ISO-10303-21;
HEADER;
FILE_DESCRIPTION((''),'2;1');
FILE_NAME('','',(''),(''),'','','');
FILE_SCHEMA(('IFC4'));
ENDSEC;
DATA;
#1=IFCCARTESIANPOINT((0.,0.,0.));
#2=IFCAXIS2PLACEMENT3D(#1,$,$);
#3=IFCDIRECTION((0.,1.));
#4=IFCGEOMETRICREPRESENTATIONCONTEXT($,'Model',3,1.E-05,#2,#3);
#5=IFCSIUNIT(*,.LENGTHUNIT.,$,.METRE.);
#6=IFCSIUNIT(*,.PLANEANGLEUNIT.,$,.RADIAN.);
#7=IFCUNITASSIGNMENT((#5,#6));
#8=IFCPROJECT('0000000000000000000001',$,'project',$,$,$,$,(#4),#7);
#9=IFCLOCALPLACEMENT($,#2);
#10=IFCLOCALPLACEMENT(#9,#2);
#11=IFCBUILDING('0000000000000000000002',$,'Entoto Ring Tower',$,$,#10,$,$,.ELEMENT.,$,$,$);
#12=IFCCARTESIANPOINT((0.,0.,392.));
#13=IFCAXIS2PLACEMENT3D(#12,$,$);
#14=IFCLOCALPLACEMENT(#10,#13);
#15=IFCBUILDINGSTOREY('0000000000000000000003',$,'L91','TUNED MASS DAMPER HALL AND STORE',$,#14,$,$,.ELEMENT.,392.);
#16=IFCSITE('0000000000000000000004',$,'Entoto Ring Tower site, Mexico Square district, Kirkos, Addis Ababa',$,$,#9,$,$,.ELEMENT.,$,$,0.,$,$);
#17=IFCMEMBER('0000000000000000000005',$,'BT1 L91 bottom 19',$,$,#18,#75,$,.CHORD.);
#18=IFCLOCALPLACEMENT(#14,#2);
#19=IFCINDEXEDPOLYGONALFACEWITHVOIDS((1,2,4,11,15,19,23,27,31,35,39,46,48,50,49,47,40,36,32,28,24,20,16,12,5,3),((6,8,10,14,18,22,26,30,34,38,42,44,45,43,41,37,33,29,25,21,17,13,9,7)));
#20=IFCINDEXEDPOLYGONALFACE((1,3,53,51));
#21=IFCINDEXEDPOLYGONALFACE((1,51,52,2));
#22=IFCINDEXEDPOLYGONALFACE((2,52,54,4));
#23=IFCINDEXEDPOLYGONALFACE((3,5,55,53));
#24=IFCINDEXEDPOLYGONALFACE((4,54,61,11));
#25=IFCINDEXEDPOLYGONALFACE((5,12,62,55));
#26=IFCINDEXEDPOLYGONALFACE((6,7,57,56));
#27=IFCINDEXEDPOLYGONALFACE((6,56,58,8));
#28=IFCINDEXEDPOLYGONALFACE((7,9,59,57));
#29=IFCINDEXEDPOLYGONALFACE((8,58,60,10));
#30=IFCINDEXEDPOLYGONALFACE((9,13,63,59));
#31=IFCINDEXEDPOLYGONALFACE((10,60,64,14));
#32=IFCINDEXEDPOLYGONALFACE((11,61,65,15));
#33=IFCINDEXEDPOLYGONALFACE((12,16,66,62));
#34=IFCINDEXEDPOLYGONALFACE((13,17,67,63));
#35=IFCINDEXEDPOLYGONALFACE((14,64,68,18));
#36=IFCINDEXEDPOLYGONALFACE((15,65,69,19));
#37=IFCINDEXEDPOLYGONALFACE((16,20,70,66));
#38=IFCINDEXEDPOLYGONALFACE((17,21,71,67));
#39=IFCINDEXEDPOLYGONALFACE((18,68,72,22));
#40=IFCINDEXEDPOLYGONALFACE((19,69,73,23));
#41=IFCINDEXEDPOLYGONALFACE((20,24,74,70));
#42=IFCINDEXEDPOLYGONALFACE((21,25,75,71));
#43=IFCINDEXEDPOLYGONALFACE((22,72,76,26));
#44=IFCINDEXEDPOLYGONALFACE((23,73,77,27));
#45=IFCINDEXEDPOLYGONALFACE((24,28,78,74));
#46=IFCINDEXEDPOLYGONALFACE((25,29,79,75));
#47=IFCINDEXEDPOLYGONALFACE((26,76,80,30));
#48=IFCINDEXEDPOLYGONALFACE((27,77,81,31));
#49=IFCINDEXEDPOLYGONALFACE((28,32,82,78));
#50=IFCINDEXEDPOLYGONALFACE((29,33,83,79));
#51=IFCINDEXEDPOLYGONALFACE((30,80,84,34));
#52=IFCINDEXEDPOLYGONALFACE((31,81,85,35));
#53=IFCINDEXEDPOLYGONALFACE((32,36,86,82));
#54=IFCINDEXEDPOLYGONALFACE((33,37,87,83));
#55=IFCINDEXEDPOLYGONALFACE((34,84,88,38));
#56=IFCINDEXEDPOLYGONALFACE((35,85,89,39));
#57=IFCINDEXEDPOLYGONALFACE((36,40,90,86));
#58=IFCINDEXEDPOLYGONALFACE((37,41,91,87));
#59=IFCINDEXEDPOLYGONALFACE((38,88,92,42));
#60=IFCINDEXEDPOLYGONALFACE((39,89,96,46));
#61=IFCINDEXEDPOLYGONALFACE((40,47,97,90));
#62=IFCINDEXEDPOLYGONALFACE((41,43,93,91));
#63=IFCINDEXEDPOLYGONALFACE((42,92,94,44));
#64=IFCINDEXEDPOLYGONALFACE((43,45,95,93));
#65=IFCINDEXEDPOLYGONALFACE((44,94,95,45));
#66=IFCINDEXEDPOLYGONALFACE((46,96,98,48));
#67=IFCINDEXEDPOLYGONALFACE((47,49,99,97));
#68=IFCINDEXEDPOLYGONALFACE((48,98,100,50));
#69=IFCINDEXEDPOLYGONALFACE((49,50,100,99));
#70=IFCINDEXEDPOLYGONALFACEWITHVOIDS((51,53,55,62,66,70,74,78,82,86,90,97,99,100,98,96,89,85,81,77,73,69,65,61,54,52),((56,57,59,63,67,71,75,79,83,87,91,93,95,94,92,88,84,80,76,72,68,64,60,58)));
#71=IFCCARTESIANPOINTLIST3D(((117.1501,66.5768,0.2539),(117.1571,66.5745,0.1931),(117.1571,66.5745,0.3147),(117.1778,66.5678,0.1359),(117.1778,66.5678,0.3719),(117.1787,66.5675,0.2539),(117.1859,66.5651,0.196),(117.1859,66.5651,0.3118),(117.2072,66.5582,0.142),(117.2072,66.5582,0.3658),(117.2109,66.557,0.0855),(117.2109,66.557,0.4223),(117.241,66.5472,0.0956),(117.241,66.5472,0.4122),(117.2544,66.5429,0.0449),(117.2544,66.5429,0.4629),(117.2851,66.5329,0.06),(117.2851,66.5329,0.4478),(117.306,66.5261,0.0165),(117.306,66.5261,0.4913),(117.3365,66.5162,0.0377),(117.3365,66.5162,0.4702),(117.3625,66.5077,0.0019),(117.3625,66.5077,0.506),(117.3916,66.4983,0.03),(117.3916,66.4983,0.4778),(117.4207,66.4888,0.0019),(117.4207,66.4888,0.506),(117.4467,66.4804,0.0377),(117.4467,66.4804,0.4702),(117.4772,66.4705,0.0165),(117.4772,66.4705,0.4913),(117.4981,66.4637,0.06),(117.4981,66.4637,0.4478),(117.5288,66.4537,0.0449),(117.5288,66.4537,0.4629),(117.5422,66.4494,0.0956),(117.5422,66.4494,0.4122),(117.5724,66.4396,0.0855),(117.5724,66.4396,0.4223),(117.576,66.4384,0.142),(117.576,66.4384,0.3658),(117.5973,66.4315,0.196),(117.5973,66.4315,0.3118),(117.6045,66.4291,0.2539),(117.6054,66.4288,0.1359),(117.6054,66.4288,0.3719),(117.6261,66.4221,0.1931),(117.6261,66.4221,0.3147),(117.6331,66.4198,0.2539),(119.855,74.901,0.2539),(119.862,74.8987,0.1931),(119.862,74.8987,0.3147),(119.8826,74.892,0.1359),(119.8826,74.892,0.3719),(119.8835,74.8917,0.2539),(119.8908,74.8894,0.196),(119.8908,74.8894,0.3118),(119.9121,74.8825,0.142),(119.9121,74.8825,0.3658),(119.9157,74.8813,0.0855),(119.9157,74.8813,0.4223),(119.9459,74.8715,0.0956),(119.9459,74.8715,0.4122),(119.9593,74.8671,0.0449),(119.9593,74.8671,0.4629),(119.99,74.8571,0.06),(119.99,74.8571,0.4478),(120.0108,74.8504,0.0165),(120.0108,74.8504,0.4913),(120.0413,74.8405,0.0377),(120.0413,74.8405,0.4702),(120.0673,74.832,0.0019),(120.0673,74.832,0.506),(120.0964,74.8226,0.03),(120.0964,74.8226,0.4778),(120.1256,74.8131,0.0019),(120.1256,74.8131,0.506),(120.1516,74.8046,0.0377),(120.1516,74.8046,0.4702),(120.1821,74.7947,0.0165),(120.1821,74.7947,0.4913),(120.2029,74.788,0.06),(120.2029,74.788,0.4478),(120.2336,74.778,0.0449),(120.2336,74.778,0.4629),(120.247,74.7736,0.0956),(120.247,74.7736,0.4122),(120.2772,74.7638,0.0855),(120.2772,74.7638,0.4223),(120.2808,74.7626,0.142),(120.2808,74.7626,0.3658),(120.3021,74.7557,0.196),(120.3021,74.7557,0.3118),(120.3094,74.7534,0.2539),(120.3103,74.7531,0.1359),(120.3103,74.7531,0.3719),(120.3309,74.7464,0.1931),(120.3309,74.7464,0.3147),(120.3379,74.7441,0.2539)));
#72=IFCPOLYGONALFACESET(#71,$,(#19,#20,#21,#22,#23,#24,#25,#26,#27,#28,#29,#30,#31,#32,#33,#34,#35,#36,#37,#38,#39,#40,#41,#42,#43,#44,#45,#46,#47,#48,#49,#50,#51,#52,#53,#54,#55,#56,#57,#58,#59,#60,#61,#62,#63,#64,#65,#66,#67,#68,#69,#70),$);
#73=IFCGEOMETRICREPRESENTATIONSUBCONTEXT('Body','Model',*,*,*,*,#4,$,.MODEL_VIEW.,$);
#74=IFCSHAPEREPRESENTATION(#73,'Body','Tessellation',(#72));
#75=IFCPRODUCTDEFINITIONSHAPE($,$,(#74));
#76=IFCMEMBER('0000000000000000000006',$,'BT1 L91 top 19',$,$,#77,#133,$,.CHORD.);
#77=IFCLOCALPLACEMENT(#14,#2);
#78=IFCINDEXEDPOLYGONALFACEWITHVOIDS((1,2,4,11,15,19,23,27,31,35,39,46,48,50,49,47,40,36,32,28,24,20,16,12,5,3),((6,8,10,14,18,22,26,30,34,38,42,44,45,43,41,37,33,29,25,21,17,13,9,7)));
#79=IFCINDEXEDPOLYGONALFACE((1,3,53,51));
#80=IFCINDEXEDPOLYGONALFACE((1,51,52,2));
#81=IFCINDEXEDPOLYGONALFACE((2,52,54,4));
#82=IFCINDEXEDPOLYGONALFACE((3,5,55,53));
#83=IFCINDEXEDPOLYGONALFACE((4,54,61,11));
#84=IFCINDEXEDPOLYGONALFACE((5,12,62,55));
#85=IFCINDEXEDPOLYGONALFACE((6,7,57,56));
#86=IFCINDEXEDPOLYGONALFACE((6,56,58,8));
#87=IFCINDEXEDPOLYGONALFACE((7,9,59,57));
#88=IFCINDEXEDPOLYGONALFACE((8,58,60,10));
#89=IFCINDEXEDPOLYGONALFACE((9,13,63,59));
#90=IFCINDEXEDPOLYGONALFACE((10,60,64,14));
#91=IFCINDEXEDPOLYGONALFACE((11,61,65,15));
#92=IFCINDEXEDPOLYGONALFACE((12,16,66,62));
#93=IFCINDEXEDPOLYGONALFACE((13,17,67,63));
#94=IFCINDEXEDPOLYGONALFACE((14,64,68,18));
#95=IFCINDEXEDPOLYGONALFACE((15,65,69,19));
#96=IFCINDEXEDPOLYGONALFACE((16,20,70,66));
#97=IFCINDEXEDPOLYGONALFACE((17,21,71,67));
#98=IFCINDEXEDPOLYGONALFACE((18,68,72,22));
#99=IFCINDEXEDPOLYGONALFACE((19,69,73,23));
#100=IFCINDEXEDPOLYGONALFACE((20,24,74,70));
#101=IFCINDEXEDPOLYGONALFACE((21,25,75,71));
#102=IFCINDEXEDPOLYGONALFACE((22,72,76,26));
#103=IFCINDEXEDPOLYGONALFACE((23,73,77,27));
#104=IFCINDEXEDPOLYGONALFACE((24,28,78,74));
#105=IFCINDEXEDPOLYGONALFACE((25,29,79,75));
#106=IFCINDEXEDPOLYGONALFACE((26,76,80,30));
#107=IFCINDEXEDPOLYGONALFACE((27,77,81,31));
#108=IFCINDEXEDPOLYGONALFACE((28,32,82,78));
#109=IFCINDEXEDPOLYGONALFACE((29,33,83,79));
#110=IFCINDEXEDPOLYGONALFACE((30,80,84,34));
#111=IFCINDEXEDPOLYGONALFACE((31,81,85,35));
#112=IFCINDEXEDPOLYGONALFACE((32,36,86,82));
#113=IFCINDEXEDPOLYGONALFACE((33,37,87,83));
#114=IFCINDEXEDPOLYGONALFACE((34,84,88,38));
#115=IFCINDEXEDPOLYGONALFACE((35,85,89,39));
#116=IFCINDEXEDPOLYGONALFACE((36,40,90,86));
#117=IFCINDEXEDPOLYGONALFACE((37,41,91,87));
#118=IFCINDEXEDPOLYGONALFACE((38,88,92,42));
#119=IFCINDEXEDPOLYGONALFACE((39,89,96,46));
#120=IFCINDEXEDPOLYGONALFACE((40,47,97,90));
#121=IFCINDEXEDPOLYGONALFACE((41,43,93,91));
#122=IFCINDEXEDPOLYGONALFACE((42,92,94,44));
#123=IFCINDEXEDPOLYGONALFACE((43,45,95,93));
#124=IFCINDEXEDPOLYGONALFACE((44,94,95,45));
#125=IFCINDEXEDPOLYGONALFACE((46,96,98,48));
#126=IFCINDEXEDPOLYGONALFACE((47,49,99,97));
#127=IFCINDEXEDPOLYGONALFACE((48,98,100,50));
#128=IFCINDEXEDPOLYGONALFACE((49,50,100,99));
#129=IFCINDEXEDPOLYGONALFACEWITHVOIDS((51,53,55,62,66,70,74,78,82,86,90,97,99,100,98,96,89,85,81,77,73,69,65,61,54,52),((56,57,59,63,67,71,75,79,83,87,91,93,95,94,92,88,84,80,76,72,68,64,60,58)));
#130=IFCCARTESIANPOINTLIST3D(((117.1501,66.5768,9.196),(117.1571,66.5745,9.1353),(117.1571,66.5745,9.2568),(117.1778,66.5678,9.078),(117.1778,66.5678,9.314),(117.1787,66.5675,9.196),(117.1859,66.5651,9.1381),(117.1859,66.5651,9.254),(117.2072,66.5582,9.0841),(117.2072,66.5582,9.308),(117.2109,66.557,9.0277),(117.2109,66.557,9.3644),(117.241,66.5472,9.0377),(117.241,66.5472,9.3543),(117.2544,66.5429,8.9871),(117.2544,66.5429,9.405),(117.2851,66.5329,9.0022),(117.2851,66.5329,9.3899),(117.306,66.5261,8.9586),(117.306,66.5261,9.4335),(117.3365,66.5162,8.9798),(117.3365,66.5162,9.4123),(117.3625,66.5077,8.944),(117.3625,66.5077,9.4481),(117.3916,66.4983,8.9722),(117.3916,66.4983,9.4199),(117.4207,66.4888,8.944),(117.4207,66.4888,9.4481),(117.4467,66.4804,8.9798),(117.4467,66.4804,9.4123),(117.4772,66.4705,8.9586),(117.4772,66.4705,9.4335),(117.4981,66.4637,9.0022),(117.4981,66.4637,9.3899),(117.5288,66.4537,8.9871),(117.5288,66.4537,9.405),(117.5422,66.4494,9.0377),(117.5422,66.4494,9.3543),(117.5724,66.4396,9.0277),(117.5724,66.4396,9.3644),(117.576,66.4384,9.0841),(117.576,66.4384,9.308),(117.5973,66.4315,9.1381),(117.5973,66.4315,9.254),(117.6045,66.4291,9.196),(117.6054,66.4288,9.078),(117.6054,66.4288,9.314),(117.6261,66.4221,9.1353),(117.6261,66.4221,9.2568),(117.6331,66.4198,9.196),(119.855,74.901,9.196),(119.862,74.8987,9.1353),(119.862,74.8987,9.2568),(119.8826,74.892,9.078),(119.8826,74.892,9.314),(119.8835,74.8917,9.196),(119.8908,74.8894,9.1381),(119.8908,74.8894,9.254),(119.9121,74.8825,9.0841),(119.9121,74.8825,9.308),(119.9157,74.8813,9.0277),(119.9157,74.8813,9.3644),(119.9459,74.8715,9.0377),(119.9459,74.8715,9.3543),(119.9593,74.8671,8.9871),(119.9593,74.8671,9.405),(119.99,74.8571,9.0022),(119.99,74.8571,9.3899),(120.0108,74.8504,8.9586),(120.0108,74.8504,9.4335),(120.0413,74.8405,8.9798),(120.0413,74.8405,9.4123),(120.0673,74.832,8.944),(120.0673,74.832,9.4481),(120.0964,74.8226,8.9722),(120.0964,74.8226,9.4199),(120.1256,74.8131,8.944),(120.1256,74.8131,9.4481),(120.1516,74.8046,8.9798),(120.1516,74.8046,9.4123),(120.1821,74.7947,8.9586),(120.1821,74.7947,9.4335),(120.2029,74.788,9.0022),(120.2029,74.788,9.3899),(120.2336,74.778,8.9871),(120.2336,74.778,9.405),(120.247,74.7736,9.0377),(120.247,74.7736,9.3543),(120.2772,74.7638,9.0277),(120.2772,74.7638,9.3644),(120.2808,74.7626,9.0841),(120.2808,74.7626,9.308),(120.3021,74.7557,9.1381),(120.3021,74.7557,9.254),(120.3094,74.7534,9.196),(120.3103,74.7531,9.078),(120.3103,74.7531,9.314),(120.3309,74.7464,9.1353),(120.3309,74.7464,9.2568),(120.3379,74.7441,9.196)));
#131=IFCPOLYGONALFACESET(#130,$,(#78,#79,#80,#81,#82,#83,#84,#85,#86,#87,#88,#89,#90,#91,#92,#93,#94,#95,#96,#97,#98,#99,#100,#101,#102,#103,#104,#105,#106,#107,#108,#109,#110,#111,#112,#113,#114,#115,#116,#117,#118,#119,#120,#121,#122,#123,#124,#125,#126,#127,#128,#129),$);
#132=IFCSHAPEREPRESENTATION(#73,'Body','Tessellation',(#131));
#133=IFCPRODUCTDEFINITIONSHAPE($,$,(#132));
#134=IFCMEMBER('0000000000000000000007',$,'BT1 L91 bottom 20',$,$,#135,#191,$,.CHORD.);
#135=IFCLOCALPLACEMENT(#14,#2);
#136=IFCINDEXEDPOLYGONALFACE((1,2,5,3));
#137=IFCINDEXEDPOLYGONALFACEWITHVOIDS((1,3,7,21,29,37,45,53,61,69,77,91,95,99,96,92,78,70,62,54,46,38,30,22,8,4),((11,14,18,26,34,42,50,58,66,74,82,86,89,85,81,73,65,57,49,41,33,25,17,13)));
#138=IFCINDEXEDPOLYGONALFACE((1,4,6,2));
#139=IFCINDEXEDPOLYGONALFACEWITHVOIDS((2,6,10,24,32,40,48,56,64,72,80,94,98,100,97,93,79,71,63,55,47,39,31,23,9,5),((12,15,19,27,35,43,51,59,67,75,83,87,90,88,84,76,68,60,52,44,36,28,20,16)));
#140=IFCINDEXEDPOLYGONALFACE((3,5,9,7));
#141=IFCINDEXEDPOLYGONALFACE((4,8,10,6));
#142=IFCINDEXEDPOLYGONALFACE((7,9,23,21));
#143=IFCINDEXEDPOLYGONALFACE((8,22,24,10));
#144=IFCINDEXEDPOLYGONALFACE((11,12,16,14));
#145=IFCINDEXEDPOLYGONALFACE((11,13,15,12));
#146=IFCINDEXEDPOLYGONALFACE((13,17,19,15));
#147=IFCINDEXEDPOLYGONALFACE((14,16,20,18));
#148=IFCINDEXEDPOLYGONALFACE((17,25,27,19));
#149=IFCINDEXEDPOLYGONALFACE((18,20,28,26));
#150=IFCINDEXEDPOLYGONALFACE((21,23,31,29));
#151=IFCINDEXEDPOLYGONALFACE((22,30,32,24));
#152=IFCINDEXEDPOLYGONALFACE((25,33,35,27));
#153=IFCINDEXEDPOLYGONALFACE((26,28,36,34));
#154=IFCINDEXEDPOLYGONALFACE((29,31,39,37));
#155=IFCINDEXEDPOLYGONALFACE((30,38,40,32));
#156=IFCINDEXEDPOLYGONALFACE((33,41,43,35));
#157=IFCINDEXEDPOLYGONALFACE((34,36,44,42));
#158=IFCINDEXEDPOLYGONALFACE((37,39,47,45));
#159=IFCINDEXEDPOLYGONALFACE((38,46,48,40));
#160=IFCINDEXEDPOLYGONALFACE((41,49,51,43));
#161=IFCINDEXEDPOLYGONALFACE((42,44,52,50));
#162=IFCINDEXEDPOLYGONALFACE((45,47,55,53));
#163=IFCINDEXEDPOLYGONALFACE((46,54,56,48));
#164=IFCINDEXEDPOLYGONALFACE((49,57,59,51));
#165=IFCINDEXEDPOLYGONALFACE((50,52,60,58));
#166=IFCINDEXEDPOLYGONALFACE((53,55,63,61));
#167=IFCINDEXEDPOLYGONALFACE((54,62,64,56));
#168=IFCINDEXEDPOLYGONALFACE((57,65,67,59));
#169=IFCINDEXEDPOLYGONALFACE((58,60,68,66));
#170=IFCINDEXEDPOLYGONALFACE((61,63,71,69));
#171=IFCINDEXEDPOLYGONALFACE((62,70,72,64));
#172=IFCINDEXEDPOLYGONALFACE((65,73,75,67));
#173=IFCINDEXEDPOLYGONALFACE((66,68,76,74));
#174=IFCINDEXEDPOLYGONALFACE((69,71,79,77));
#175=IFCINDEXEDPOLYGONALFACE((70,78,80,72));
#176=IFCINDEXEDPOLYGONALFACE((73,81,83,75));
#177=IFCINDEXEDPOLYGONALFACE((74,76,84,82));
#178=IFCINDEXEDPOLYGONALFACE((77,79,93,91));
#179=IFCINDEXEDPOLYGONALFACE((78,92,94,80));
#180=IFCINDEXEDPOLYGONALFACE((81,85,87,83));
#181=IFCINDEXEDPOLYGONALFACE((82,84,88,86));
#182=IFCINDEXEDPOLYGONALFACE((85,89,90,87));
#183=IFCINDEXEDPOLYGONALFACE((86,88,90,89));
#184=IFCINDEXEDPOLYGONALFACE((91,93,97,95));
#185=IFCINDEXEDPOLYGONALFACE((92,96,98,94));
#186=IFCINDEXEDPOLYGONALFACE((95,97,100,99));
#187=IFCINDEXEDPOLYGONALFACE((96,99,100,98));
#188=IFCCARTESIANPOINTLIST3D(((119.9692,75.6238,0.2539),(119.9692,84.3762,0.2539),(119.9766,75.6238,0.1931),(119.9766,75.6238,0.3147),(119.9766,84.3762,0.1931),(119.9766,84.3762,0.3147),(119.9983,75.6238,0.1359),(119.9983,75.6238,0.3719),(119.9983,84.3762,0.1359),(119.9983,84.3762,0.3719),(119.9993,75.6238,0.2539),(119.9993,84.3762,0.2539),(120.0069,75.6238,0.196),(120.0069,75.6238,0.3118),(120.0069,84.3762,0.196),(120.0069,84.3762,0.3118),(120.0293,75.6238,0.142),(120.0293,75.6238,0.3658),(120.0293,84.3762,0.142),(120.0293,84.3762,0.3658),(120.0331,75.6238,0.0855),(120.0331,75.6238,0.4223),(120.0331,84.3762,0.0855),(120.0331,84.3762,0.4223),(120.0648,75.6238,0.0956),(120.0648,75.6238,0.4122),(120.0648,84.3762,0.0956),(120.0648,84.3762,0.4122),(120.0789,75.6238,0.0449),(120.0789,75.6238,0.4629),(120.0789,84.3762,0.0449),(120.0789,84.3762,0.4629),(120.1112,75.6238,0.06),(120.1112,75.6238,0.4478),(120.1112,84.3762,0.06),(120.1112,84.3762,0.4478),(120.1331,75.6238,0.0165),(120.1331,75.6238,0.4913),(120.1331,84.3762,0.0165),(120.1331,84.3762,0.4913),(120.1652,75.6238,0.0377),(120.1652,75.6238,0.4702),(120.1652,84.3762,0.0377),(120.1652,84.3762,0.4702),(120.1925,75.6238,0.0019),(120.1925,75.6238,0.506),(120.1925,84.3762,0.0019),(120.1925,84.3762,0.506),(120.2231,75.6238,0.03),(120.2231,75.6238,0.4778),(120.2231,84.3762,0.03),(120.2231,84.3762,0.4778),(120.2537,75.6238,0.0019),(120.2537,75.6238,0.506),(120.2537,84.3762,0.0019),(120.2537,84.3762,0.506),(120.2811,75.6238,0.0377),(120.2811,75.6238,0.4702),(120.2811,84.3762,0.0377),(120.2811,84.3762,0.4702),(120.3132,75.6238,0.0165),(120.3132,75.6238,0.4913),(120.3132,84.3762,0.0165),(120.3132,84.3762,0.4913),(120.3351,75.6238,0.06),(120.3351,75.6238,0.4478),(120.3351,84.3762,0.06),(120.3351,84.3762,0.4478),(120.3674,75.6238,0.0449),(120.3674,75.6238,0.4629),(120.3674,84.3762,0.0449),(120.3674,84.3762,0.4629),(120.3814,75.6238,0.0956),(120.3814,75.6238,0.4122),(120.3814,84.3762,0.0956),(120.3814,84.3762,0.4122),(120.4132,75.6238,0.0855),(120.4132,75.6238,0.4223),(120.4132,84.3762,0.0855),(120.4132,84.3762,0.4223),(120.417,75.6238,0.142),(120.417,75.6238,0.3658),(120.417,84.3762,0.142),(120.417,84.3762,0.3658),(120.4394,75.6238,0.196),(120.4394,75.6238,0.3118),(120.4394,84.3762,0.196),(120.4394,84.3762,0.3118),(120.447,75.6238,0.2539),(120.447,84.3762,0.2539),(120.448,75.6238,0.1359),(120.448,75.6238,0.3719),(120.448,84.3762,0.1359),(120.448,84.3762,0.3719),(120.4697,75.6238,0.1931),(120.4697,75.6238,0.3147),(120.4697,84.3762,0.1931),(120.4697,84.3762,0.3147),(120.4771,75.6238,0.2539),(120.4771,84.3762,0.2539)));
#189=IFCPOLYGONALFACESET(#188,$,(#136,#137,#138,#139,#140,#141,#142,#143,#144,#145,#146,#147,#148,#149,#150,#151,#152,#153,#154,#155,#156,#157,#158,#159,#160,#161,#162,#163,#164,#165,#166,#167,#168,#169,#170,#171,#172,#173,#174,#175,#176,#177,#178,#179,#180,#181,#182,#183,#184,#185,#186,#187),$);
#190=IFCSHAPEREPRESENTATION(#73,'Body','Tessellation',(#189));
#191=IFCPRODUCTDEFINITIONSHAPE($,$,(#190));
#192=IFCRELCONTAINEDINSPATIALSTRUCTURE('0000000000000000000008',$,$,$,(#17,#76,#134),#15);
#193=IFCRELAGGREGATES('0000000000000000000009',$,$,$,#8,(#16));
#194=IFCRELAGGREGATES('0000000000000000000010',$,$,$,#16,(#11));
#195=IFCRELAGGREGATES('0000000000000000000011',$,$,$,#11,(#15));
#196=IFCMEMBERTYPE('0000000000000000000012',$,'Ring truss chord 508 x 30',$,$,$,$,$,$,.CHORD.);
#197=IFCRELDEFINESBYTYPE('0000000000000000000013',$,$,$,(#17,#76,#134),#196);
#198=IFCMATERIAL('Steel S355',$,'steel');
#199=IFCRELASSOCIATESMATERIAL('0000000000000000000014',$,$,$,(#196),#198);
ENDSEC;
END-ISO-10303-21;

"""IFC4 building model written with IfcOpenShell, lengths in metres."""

from ifc_helpers import new_model, si_unit, direction, frame, origin, origin_2d, place, context, subcontext, project, spatial, circle, hollow_circle, extrude, material, material_profile, profile_set, type_object, element, save


model = new_model("IFC4")

# Units and contexts
model_context = context("Model", 3, precision=1e-05, world=origin(), true_north=direction((0.0, 1.0)))
body_context = subcontext(model_context, "Body", "Model", "MODEL_VIEW")
ifc_project = project(units=[si_unit("LENGTHUNIT", "METRE"), si_unit("PLANEANGLEUNIT", "RADIAN")], contexts=[model_context])

# Site, building, storey
site_placement = place(None, origin())
site = spatial("IfcSite", under=ifc_project, at=site_placement, Name="Entoto Ring Tower site, Mexico Square district, Kirkos, Addis Ababa", CompositionType="ELEMENT", RefElevation=0.0)
building_placement = place(site_placement, origin())
building = spatial("IfcBuilding", under=site, at=building_placement, Name="Entoto Ring Tower", CompositionType="ELEMENT")
storey_placement = place(building_placement, frame((0.0, 0.0, 392.0)))
storey = spatial("IfcBuildingStorey", under=building, at=storey_placement, Name="L91", Description="TUNED MASS DAMPER HALL AND STORE", CompositionType="ELEMENT", Elevation=392.0)

# Members
ifc_material_1 = material(Name="Steel S355", Category="steel")
ifc_material_profile_1 = material_profile(ifc_material_1, hollow_circle(Radius=0.2539, WallThickness=0.03, at=origin_2d()), Name="CHS 508 x 30")
ifc_material_2 = material(Name="Concrete C60/75", Category="concrete")
ifc_material_profile_2 = material_profile(ifc_material_2, circle(Radius=0.2241, at=origin_2d()), Name="Concrete C60/75 infill")
ifc_profile_set_1 = profile_set([ifc_material_profile_1, ifc_material_profile_2], Name="Steel S355")
member_type_1 = type_object("IfcMemberType", Name="Ring truss chord 508 x 30", PredefinedType="CHORD", material=ifc_profile_set_1)
for number, where, z_axis, x_axis, name in (
    (1, (117.3916, 66.4983, 0.2539), (0.309031, 0.951052, 0.0), (-0.951052, 0.309031, 0.0), "BT1 L91 bottom 19"),
    (2, (117.3916, 66.4983, 9.196), (0.309031, 0.951052, 0.0), (-0.951052, 0.309031, 0.0), "BT1 L91 top 19"),
):
    element("IfcMember", number, at=place(storey_placement, frame(where, z_axis=z_axis, x_axis=x_axis)), inside=storey, type_object=member_type_1, Name=name, PredefinedType="CHORD", context=body_context, shape_type="SweptSolid", body=[
        extrude(hollow_circle(Radius=0.2539, WallThickness=0.03, at=origin_2d()), origin(), (0.0, 0.0, 1.0), 8.7527),
    ])
for number, where, z_axis, x_axis, name in (
    (3, (120.2231, 75.6238, 0.2539), (0.0, 1.0, 0.0), (-1.0, 0.0, 0.0), "BT1 L91 bottom 20"),
):
    element("IfcMember", number, at=place(storey_placement, frame(where, z_axis=z_axis, x_axis=x_axis)), inside=storey, type_object=member_type_1, Name=name, PredefinedType="CHORD", context=body_context, shape_type="SweptSolid", body=[
        extrude(hollow_circle(Radius=0.2539, WallThickness=0.03, at=origin_2d()), origin(), (0.0, 0.0, 1.0), 8.7524),
    ])

save(model, "model.ifc")
